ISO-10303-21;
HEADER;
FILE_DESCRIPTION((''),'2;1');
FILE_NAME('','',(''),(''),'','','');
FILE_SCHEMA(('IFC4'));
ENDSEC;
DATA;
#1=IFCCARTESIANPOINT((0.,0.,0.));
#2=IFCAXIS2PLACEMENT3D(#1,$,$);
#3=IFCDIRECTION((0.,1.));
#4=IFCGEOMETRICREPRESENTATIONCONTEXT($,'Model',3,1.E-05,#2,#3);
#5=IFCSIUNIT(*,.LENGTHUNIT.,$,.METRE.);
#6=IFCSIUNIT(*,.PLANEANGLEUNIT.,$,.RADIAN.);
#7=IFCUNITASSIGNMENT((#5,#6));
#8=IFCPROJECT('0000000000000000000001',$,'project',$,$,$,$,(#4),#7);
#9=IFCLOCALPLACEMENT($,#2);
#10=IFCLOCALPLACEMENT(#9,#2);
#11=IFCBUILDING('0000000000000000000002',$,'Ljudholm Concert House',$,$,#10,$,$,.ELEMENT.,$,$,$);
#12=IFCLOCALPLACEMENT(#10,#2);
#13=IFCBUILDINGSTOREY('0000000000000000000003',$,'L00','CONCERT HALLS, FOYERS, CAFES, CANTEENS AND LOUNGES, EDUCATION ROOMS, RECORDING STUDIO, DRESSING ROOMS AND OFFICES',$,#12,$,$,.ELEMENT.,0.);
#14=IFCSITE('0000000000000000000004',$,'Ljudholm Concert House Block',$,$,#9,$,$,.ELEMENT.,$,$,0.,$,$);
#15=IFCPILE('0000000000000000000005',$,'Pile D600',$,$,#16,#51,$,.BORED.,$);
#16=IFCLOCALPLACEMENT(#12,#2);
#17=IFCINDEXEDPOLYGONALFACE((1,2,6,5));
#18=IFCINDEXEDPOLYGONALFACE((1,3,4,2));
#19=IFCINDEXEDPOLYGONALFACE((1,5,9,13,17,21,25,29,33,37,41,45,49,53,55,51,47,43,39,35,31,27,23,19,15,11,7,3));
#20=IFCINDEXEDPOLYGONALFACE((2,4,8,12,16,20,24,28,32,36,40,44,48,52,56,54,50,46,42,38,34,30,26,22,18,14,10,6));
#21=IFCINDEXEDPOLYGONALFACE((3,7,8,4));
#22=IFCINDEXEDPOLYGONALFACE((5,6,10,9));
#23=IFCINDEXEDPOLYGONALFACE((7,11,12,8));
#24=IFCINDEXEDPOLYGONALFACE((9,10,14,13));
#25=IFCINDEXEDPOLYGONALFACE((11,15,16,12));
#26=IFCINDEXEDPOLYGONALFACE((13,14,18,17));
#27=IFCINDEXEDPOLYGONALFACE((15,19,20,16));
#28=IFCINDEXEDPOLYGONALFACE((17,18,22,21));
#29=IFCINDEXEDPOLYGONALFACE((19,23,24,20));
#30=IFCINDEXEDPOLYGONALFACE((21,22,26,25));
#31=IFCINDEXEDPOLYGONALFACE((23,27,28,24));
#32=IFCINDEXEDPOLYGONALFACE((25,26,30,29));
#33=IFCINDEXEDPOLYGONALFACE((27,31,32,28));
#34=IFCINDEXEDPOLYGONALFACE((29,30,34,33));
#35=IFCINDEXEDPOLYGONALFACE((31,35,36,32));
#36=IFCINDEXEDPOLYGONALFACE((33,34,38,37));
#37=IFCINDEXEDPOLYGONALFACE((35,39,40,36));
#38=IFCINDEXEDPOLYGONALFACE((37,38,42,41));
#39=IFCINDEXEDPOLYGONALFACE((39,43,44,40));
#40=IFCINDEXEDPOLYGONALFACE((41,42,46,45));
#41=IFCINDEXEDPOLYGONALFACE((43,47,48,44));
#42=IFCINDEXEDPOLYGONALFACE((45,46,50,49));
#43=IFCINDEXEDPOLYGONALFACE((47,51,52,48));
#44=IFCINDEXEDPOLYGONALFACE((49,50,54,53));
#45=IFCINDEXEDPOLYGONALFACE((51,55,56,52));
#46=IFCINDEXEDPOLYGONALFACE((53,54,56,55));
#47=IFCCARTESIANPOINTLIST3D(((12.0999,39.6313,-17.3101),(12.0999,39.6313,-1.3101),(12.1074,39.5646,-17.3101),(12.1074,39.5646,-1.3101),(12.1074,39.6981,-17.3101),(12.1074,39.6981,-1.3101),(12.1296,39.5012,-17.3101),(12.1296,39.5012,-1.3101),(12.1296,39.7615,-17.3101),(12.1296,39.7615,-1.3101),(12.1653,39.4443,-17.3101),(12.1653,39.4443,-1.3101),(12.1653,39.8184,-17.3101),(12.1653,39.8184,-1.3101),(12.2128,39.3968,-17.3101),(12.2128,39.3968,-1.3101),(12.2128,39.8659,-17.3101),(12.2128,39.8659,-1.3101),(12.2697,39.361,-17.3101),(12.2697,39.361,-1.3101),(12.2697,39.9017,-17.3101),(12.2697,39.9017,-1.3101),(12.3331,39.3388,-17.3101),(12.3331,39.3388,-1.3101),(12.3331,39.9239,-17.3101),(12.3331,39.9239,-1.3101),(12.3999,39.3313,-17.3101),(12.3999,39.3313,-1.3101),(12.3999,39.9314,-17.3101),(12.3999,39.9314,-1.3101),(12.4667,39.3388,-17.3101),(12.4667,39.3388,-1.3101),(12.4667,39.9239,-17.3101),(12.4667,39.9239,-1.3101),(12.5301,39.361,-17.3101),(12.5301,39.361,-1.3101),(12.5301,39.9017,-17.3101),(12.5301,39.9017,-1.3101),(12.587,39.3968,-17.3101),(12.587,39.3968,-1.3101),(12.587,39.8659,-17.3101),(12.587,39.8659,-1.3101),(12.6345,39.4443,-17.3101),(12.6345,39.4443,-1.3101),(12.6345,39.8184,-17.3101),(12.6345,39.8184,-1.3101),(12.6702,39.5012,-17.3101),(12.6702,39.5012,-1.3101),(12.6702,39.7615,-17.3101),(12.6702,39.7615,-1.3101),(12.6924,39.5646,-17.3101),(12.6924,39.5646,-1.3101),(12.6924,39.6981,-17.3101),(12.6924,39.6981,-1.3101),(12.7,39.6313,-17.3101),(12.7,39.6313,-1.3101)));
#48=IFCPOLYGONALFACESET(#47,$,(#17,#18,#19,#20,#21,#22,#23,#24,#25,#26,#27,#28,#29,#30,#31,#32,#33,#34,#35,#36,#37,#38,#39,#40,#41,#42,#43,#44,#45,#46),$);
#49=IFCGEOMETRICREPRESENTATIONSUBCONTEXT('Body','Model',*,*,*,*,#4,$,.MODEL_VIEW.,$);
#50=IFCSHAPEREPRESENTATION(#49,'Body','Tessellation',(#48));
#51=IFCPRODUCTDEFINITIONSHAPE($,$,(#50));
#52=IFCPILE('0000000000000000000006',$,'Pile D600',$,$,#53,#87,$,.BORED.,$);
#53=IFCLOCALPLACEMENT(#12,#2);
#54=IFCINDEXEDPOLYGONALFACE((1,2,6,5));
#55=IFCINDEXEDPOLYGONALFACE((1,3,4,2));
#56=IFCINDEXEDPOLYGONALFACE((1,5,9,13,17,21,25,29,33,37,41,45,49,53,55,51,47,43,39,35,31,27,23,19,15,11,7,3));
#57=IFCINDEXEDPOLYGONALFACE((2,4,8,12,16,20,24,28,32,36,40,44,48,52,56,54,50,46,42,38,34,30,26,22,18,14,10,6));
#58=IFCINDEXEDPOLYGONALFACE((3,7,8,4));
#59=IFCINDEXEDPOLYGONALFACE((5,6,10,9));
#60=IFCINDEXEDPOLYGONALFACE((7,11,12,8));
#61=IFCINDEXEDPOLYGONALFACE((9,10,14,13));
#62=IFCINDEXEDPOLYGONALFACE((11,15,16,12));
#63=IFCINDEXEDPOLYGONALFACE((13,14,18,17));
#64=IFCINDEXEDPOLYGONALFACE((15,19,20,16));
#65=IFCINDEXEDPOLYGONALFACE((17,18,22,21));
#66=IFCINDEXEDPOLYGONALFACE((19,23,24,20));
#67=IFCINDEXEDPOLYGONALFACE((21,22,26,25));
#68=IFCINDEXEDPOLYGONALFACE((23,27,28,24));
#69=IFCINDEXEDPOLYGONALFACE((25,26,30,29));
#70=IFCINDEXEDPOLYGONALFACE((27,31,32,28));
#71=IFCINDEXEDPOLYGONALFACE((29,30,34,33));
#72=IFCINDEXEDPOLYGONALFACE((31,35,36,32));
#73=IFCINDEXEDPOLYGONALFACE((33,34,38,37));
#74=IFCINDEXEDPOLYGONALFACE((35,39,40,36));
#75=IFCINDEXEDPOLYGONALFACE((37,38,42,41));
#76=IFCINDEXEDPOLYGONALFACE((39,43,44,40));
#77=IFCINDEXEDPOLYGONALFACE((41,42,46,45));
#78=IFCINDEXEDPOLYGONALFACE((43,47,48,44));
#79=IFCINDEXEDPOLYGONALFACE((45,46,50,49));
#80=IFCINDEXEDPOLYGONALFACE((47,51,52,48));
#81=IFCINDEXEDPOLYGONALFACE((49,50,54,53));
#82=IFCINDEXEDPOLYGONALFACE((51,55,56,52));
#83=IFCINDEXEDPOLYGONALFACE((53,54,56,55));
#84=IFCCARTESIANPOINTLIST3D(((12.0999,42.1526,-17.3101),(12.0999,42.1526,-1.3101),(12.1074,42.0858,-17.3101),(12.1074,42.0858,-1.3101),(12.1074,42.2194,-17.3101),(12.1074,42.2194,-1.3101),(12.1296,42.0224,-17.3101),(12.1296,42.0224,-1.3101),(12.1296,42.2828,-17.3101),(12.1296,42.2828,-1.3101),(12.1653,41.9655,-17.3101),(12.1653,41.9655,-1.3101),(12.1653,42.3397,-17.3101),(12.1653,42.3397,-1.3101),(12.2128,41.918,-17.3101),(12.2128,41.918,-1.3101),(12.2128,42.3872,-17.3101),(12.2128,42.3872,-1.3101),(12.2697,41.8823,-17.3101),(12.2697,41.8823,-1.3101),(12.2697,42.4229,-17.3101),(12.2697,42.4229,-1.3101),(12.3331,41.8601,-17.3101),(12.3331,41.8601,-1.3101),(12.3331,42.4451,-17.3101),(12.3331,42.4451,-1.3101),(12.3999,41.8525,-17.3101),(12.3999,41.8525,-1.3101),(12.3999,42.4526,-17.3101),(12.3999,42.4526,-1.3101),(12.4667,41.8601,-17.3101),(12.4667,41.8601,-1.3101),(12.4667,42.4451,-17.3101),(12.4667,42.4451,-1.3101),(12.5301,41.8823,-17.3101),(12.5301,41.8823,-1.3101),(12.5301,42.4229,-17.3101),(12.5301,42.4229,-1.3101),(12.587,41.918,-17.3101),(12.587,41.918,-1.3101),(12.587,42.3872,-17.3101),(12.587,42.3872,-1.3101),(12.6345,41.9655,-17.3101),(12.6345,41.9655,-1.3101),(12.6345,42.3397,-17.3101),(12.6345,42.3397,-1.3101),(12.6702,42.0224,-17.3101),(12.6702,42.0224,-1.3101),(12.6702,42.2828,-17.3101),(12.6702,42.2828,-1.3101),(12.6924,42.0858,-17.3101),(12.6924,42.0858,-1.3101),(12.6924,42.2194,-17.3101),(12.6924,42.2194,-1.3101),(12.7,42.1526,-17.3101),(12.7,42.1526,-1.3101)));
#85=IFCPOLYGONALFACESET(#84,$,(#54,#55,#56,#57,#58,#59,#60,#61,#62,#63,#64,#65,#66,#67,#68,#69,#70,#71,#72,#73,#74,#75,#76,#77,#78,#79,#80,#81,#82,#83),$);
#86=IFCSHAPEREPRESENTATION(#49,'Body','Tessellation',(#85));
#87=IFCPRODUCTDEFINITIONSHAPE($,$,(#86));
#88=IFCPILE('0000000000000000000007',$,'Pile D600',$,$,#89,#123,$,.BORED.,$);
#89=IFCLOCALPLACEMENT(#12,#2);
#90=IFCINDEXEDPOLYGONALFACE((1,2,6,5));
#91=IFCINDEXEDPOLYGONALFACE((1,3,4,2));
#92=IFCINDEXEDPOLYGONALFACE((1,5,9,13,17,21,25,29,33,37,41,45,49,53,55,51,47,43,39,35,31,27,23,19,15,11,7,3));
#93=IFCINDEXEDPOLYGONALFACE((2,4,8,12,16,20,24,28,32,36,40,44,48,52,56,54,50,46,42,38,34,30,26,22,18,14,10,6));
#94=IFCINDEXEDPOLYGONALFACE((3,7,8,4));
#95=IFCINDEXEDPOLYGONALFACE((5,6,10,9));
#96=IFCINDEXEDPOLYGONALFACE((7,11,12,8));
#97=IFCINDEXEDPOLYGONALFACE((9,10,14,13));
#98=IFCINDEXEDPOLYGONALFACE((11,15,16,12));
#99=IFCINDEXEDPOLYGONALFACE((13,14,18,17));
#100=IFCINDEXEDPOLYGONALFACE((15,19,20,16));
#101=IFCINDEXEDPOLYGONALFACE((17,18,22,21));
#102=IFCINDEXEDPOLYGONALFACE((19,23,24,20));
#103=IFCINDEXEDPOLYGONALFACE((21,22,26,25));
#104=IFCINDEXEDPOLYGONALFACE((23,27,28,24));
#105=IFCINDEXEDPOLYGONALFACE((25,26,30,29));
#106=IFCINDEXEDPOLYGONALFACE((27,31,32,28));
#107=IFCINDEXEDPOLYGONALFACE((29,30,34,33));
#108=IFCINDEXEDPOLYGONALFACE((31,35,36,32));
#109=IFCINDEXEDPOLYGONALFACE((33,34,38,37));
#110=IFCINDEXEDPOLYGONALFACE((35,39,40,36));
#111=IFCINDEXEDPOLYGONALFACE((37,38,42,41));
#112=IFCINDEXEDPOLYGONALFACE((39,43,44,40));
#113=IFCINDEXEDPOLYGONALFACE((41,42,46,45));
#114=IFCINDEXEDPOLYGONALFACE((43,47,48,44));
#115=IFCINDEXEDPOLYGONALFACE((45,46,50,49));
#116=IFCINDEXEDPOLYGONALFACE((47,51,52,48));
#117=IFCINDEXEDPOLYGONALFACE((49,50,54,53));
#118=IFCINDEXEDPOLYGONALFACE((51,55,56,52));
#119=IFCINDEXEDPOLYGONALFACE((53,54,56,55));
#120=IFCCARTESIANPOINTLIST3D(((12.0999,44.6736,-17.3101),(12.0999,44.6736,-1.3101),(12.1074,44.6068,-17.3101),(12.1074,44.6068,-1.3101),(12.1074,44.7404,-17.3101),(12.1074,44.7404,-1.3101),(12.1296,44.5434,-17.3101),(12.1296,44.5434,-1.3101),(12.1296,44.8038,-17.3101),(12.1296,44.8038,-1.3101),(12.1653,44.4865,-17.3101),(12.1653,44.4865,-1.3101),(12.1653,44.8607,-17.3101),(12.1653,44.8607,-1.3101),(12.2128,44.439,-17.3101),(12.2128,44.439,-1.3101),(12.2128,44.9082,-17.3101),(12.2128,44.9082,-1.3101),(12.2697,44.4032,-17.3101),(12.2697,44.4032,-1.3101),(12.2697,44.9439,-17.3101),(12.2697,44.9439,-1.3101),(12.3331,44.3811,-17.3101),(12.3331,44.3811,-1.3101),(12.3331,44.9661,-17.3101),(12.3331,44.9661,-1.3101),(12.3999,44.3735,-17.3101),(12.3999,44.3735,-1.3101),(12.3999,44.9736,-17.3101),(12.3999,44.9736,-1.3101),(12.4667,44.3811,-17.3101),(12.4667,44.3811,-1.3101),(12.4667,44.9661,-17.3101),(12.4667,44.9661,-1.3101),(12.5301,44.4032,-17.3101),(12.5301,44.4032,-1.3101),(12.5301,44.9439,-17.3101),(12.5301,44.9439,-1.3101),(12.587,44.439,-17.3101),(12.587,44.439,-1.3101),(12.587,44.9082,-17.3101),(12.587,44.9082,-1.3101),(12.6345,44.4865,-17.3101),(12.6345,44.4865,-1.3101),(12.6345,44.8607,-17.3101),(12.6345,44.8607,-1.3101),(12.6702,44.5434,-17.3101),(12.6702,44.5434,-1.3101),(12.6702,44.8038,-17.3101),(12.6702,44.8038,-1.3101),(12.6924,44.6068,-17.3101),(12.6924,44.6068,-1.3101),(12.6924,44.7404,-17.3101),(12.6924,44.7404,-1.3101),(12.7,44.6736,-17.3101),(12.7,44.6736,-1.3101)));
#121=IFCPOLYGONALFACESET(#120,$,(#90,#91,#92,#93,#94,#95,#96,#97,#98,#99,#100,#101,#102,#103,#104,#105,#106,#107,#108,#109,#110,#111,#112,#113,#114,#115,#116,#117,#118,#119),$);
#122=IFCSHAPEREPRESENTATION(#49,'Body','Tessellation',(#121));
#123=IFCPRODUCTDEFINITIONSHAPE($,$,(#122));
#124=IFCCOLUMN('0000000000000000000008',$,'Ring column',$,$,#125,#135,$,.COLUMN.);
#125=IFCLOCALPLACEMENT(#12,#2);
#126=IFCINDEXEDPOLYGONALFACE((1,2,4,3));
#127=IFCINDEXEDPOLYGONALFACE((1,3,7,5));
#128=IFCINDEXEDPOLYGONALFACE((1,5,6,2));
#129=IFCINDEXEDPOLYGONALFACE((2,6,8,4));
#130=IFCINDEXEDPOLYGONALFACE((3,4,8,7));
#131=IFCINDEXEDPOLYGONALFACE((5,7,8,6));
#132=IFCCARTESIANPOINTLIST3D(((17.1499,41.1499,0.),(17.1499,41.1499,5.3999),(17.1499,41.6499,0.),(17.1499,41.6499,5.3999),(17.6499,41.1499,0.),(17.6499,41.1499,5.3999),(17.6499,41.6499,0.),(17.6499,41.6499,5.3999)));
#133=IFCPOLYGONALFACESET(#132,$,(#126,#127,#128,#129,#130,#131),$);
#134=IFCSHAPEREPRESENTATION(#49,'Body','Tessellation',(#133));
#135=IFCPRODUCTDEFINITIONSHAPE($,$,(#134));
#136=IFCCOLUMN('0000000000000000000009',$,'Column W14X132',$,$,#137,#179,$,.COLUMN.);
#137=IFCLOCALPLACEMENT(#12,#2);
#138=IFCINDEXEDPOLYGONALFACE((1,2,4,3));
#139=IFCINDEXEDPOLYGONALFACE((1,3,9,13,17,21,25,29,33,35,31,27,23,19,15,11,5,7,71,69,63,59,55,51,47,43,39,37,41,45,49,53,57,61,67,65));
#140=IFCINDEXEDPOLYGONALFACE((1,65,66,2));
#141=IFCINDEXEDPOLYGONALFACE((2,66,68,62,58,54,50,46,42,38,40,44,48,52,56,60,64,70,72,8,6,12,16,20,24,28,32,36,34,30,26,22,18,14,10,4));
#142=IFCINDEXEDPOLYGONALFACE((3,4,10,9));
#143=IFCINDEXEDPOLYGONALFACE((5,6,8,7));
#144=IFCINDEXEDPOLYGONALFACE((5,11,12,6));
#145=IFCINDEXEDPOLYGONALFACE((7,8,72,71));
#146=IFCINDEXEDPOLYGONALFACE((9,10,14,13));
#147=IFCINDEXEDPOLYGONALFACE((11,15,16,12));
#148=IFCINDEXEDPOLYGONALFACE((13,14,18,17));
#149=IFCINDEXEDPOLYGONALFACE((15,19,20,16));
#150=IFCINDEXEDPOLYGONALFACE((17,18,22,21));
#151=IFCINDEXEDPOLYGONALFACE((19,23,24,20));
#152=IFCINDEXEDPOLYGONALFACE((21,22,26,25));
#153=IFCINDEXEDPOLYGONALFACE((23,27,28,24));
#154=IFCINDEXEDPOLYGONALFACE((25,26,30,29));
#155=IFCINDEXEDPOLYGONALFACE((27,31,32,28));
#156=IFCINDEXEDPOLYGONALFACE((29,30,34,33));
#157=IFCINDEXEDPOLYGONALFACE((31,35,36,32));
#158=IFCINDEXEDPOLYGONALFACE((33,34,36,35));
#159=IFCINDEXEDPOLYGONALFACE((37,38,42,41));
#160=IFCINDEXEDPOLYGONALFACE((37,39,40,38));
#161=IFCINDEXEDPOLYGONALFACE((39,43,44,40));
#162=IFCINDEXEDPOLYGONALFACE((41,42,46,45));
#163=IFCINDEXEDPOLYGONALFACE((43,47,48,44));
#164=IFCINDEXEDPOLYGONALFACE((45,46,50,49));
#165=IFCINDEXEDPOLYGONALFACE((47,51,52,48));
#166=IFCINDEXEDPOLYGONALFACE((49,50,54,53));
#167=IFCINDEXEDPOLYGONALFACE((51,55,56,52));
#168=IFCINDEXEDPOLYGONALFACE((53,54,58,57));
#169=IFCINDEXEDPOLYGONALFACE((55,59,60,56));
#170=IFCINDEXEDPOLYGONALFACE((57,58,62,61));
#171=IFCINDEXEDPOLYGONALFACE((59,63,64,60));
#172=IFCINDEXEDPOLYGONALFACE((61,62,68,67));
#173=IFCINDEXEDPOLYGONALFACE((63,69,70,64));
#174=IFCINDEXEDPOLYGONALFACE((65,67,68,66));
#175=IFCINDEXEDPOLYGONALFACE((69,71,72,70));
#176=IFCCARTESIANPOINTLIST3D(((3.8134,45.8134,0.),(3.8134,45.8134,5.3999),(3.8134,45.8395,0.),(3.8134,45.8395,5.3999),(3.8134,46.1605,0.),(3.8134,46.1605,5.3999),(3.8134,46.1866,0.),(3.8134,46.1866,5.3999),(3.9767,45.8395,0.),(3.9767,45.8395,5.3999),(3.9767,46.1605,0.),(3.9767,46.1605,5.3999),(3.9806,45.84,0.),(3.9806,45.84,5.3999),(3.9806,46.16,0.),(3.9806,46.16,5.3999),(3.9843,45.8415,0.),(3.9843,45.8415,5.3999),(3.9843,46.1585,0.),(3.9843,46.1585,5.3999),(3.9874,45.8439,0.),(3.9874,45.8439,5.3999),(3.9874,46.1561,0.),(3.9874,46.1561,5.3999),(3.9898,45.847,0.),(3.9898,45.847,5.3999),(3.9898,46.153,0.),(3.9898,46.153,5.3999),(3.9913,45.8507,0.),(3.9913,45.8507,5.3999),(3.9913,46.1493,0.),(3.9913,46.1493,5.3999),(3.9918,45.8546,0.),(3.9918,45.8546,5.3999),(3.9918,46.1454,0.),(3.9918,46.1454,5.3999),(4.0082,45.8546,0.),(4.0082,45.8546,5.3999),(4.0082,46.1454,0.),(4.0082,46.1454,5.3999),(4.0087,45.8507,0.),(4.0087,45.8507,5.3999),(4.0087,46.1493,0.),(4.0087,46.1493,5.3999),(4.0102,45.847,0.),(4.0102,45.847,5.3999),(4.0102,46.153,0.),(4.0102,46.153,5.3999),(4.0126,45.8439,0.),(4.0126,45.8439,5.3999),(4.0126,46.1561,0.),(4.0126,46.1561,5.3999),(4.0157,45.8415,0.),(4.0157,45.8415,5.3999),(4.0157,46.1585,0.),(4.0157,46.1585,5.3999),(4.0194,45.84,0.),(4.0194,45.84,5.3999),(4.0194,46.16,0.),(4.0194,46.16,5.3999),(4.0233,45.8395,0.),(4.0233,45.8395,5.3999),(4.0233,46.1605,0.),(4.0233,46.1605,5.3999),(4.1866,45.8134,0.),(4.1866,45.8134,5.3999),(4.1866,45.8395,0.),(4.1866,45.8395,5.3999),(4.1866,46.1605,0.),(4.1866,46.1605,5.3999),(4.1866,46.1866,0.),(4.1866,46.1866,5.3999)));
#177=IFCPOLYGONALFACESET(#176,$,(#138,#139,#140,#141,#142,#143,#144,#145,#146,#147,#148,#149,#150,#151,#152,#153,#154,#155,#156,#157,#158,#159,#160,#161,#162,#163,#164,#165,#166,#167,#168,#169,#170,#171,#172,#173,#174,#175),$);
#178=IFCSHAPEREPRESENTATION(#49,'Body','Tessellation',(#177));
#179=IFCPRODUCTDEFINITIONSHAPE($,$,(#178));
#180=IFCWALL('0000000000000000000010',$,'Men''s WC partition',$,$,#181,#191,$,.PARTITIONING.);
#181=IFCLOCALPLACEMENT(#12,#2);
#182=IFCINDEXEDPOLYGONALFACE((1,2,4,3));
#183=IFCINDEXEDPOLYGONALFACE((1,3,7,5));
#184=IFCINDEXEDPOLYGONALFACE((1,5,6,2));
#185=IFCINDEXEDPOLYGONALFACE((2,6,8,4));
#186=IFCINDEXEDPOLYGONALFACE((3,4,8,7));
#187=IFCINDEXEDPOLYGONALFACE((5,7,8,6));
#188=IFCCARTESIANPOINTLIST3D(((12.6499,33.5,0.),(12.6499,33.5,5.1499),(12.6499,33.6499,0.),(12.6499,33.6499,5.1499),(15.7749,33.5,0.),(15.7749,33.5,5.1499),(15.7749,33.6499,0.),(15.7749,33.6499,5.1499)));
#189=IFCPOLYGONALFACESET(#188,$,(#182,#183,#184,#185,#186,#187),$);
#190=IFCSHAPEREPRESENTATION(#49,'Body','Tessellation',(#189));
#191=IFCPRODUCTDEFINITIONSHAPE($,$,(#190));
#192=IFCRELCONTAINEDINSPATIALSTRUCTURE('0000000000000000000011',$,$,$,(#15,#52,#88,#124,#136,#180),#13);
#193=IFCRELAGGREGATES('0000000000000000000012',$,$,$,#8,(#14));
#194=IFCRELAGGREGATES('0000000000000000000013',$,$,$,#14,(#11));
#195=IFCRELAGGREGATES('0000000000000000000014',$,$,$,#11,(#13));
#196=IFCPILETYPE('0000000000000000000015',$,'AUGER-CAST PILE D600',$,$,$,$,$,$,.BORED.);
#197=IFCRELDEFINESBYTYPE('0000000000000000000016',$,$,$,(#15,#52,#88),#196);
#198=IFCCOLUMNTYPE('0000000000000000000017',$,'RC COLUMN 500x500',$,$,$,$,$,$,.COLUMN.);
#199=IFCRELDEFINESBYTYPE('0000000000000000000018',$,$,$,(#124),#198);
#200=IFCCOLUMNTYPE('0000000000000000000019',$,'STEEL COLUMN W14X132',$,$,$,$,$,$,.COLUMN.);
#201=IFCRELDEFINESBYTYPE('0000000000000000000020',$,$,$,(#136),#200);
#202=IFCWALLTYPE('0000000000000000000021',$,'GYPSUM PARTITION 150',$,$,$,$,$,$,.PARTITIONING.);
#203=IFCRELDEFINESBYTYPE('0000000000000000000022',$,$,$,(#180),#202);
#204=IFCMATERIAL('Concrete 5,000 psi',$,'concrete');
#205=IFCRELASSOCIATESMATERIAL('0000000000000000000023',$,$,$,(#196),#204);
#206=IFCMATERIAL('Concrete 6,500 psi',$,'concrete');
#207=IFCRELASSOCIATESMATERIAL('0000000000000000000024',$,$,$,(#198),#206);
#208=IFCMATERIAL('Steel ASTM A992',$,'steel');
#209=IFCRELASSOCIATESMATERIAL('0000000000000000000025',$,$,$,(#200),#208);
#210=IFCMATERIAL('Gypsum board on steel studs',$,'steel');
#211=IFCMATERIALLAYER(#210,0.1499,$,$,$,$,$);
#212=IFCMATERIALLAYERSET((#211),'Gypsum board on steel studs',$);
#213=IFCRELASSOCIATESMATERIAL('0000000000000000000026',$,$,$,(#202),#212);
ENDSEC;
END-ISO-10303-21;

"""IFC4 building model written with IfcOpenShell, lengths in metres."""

from ifc_helpers import new_model, si_unit, direction, frame, frame_2d, origin, origin_2d, place, context, subcontext, project, spatial, rectangle, circle, i_section, extrude, material, layer, layer_set, material_profile, profile_set, type_object, element, save


model = new_model("IFC4")

# Units and contexts
model_context = context("Model", 3, precision=1e-05, world=origin(), true_north=direction((0.0, 1.0)))
body_context = subcontext(model_context, "Body", "Model", "MODEL_VIEW")
ifc_project = project(units=[si_unit("LENGTHUNIT", "METRE"), si_unit("PLANEANGLEUNIT", "RADIAN")], contexts=[model_context])

# Site, building, storey
site_placement = place(None, origin())
site = spatial("IfcSite", under=ifc_project, at=site_placement, Name="Ljudholm Concert House Block", CompositionType="ELEMENT", RefElevation=0.0)
building_placement = place(site_placement, origin())
building = spatial("IfcBuilding", under=site, at=building_placement, Name="Ljudholm Concert House", CompositionType="ELEMENT")
storey_placement = place(building_placement, origin())
storey = spatial("IfcBuildingStorey", under=building, at=storey_placement, Name="L00", Description="CONCERT HALLS, FOYERS, CAFES, CANTEENS AND LOUNGES, EDUCATION ROOMS, RECORDING STUDIO, DRESSING ROOMS AND OFFICES", CompositionType="ELEMENT", Elevation=0.0)

# Piles
ifc_material_1 = material(Name="Concrete 5,000 psi", Category="concrete")
ifc_material_profile_1 = material_profile(ifc_material_1, circle(Radius=0.3, at=origin_2d()), Name="AUGER-CAST PILE D600")
ifc_profile_set_1 = profile_set([ifc_material_profile_1], Name="Concrete 5,000 psi")
pile_type = type_object("IfcPileType", Name="AUGER-CAST PILE D600", PredefinedType="BORED", material=ifc_profile_set_1)
for number, where, z_axis, x_axis, name in (
    (1, (12.3999, 39.6313, -1.3101), (0.0, 0.0, -1.0), (1.0, 0.0, 0.0), "Pile D600"),
    (2, (12.3999, 42.1526, -1.3101), (0.0, 0.0, -1.0), (1.0, 0.0, 0.0), "Pile D600"),
    (3, (12.3999, 44.6736, -1.3101), (0.0, 0.0, -1.0), (1.0, 0.0, 0.0), "Pile D600"),
):
    element("IfcPile", number, at=place(storey_placement, frame(where, z_axis=z_axis, x_axis=x_axis)), inside=storey, type_object=pile_type, Name=name, PredefinedType="BORED", context=body_context, shape_type="SweptSolid", body=[
        extrude(circle(Radius=0.3, at=origin_2d()), origin(), (0.0, 0.0, 1.0), 16.0),
    ])

# Columns
ifc_material_2 = material(Name="Concrete 6,500 psi", Category="concrete")
ifc_material_profile_2 = material_profile(ifc_material_2, rectangle(XDim=0.5, YDim=0.5, at=origin_2d()), Name="RC COLUMN 500x500")
ifc_profile_set_2 = profile_set([ifc_material_profile_2], Name="Concrete 6,500 psi")
column_type_1 = type_object("IfcColumnType", Name="RC COLUMN 500x500", PredefinedType="COLUMN", material=ifc_profile_set_2)
column_1_placement = place(storey_placement, frame((17.3999, 41.3999, 0.0), z_axis=(0.0, 0.0, 1.0), x_axis=(1.0, 0.0, 0.0)))
element("IfcColumn", 4, at=column_1_placement, inside=storey, type_object=column_type_1, Name="Ring column", PredefinedType="COLUMN", context=body_context, shape_type="SweptSolid", body=[
    extrude(rectangle(XDim=0.5, YDim=0.5, at=origin_2d()), origin(), (0.0, 0.0, 1.0), 5.3999),
])
ifc_material_3 = material(Name="Steel ASTM A992", Category="steel")
ifc_material_profile_3 = material_profile(ifc_material_3, i_section(OverallWidth=0.3733, OverallDepth=0.3733, WebThickness=0.0164, FlangeThickness=0.0261, FilletRadius=0.0151, at=origin_2d()), Name="W14X132")
ifc_profile_set_3 = profile_set([ifc_material_profile_3], Name="Steel ASTM A992")
column_type_2 = type_object("IfcColumnType", Name="STEEL COLUMN W14X132", PredefinedType="COLUMN", material=ifc_profile_set_3)
column_2_placement = place(storey_placement, frame((4.0, 46.0, 0.0), z_axis=(0.0, 0.0, 1.0), x_axis=(1.0, 0.0, 0.0)))
element("IfcColumn", 5, at=column_2_placement, inside=storey, type_object=column_type_2, Name="Column W14X132", PredefinedType="COLUMN", context=body_context, shape_type="SweptSolid", body=[
    extrude(i_section(OverallWidth=0.3733, OverallDepth=0.3733, WebThickness=0.0164, FlangeThickness=0.0261, FilletRadius=0.0151, at=origin_2d()), origin(), (0.0, 0.0, 1.0), 5.3999),
])

# Wall
ifc_material_4 = material(Name="Gypsum board on steel studs", Category="steel")
ifc_layer_1 = layer(ifc_material_4, 0.1499)
ifc_layer_set_1 = layer_set([ifc_layer_1], Name="Gypsum board on steel studs")
wall_type_1 = type_object("IfcWallType", Name="GYPSUM PARTITION 150", PredefinedType="PARTITIONING", material=ifc_layer_set_1)
wall_1_placement = place(storey_placement, frame((12.6499, 33.575, 0.0), z_axis=(0.0, 0.0, 1.0), x_axis=(1.0, 0.0, 0.0)))
element("IfcWall", 6, at=wall_1_placement, inside=storey, type_object=wall_type_1, Name="Men's WC partition", PredefinedType="PARTITIONING", context=body_context, shape_type="SweptSolid", body=[
    extrude(rectangle(XDim=3.125, YDim=0.1499, at=frame_2d((1.5625, 0.0))), origin(), (0.0, 0.0, 1.0), 5.1499),
])

save(model, "model.ifc")
